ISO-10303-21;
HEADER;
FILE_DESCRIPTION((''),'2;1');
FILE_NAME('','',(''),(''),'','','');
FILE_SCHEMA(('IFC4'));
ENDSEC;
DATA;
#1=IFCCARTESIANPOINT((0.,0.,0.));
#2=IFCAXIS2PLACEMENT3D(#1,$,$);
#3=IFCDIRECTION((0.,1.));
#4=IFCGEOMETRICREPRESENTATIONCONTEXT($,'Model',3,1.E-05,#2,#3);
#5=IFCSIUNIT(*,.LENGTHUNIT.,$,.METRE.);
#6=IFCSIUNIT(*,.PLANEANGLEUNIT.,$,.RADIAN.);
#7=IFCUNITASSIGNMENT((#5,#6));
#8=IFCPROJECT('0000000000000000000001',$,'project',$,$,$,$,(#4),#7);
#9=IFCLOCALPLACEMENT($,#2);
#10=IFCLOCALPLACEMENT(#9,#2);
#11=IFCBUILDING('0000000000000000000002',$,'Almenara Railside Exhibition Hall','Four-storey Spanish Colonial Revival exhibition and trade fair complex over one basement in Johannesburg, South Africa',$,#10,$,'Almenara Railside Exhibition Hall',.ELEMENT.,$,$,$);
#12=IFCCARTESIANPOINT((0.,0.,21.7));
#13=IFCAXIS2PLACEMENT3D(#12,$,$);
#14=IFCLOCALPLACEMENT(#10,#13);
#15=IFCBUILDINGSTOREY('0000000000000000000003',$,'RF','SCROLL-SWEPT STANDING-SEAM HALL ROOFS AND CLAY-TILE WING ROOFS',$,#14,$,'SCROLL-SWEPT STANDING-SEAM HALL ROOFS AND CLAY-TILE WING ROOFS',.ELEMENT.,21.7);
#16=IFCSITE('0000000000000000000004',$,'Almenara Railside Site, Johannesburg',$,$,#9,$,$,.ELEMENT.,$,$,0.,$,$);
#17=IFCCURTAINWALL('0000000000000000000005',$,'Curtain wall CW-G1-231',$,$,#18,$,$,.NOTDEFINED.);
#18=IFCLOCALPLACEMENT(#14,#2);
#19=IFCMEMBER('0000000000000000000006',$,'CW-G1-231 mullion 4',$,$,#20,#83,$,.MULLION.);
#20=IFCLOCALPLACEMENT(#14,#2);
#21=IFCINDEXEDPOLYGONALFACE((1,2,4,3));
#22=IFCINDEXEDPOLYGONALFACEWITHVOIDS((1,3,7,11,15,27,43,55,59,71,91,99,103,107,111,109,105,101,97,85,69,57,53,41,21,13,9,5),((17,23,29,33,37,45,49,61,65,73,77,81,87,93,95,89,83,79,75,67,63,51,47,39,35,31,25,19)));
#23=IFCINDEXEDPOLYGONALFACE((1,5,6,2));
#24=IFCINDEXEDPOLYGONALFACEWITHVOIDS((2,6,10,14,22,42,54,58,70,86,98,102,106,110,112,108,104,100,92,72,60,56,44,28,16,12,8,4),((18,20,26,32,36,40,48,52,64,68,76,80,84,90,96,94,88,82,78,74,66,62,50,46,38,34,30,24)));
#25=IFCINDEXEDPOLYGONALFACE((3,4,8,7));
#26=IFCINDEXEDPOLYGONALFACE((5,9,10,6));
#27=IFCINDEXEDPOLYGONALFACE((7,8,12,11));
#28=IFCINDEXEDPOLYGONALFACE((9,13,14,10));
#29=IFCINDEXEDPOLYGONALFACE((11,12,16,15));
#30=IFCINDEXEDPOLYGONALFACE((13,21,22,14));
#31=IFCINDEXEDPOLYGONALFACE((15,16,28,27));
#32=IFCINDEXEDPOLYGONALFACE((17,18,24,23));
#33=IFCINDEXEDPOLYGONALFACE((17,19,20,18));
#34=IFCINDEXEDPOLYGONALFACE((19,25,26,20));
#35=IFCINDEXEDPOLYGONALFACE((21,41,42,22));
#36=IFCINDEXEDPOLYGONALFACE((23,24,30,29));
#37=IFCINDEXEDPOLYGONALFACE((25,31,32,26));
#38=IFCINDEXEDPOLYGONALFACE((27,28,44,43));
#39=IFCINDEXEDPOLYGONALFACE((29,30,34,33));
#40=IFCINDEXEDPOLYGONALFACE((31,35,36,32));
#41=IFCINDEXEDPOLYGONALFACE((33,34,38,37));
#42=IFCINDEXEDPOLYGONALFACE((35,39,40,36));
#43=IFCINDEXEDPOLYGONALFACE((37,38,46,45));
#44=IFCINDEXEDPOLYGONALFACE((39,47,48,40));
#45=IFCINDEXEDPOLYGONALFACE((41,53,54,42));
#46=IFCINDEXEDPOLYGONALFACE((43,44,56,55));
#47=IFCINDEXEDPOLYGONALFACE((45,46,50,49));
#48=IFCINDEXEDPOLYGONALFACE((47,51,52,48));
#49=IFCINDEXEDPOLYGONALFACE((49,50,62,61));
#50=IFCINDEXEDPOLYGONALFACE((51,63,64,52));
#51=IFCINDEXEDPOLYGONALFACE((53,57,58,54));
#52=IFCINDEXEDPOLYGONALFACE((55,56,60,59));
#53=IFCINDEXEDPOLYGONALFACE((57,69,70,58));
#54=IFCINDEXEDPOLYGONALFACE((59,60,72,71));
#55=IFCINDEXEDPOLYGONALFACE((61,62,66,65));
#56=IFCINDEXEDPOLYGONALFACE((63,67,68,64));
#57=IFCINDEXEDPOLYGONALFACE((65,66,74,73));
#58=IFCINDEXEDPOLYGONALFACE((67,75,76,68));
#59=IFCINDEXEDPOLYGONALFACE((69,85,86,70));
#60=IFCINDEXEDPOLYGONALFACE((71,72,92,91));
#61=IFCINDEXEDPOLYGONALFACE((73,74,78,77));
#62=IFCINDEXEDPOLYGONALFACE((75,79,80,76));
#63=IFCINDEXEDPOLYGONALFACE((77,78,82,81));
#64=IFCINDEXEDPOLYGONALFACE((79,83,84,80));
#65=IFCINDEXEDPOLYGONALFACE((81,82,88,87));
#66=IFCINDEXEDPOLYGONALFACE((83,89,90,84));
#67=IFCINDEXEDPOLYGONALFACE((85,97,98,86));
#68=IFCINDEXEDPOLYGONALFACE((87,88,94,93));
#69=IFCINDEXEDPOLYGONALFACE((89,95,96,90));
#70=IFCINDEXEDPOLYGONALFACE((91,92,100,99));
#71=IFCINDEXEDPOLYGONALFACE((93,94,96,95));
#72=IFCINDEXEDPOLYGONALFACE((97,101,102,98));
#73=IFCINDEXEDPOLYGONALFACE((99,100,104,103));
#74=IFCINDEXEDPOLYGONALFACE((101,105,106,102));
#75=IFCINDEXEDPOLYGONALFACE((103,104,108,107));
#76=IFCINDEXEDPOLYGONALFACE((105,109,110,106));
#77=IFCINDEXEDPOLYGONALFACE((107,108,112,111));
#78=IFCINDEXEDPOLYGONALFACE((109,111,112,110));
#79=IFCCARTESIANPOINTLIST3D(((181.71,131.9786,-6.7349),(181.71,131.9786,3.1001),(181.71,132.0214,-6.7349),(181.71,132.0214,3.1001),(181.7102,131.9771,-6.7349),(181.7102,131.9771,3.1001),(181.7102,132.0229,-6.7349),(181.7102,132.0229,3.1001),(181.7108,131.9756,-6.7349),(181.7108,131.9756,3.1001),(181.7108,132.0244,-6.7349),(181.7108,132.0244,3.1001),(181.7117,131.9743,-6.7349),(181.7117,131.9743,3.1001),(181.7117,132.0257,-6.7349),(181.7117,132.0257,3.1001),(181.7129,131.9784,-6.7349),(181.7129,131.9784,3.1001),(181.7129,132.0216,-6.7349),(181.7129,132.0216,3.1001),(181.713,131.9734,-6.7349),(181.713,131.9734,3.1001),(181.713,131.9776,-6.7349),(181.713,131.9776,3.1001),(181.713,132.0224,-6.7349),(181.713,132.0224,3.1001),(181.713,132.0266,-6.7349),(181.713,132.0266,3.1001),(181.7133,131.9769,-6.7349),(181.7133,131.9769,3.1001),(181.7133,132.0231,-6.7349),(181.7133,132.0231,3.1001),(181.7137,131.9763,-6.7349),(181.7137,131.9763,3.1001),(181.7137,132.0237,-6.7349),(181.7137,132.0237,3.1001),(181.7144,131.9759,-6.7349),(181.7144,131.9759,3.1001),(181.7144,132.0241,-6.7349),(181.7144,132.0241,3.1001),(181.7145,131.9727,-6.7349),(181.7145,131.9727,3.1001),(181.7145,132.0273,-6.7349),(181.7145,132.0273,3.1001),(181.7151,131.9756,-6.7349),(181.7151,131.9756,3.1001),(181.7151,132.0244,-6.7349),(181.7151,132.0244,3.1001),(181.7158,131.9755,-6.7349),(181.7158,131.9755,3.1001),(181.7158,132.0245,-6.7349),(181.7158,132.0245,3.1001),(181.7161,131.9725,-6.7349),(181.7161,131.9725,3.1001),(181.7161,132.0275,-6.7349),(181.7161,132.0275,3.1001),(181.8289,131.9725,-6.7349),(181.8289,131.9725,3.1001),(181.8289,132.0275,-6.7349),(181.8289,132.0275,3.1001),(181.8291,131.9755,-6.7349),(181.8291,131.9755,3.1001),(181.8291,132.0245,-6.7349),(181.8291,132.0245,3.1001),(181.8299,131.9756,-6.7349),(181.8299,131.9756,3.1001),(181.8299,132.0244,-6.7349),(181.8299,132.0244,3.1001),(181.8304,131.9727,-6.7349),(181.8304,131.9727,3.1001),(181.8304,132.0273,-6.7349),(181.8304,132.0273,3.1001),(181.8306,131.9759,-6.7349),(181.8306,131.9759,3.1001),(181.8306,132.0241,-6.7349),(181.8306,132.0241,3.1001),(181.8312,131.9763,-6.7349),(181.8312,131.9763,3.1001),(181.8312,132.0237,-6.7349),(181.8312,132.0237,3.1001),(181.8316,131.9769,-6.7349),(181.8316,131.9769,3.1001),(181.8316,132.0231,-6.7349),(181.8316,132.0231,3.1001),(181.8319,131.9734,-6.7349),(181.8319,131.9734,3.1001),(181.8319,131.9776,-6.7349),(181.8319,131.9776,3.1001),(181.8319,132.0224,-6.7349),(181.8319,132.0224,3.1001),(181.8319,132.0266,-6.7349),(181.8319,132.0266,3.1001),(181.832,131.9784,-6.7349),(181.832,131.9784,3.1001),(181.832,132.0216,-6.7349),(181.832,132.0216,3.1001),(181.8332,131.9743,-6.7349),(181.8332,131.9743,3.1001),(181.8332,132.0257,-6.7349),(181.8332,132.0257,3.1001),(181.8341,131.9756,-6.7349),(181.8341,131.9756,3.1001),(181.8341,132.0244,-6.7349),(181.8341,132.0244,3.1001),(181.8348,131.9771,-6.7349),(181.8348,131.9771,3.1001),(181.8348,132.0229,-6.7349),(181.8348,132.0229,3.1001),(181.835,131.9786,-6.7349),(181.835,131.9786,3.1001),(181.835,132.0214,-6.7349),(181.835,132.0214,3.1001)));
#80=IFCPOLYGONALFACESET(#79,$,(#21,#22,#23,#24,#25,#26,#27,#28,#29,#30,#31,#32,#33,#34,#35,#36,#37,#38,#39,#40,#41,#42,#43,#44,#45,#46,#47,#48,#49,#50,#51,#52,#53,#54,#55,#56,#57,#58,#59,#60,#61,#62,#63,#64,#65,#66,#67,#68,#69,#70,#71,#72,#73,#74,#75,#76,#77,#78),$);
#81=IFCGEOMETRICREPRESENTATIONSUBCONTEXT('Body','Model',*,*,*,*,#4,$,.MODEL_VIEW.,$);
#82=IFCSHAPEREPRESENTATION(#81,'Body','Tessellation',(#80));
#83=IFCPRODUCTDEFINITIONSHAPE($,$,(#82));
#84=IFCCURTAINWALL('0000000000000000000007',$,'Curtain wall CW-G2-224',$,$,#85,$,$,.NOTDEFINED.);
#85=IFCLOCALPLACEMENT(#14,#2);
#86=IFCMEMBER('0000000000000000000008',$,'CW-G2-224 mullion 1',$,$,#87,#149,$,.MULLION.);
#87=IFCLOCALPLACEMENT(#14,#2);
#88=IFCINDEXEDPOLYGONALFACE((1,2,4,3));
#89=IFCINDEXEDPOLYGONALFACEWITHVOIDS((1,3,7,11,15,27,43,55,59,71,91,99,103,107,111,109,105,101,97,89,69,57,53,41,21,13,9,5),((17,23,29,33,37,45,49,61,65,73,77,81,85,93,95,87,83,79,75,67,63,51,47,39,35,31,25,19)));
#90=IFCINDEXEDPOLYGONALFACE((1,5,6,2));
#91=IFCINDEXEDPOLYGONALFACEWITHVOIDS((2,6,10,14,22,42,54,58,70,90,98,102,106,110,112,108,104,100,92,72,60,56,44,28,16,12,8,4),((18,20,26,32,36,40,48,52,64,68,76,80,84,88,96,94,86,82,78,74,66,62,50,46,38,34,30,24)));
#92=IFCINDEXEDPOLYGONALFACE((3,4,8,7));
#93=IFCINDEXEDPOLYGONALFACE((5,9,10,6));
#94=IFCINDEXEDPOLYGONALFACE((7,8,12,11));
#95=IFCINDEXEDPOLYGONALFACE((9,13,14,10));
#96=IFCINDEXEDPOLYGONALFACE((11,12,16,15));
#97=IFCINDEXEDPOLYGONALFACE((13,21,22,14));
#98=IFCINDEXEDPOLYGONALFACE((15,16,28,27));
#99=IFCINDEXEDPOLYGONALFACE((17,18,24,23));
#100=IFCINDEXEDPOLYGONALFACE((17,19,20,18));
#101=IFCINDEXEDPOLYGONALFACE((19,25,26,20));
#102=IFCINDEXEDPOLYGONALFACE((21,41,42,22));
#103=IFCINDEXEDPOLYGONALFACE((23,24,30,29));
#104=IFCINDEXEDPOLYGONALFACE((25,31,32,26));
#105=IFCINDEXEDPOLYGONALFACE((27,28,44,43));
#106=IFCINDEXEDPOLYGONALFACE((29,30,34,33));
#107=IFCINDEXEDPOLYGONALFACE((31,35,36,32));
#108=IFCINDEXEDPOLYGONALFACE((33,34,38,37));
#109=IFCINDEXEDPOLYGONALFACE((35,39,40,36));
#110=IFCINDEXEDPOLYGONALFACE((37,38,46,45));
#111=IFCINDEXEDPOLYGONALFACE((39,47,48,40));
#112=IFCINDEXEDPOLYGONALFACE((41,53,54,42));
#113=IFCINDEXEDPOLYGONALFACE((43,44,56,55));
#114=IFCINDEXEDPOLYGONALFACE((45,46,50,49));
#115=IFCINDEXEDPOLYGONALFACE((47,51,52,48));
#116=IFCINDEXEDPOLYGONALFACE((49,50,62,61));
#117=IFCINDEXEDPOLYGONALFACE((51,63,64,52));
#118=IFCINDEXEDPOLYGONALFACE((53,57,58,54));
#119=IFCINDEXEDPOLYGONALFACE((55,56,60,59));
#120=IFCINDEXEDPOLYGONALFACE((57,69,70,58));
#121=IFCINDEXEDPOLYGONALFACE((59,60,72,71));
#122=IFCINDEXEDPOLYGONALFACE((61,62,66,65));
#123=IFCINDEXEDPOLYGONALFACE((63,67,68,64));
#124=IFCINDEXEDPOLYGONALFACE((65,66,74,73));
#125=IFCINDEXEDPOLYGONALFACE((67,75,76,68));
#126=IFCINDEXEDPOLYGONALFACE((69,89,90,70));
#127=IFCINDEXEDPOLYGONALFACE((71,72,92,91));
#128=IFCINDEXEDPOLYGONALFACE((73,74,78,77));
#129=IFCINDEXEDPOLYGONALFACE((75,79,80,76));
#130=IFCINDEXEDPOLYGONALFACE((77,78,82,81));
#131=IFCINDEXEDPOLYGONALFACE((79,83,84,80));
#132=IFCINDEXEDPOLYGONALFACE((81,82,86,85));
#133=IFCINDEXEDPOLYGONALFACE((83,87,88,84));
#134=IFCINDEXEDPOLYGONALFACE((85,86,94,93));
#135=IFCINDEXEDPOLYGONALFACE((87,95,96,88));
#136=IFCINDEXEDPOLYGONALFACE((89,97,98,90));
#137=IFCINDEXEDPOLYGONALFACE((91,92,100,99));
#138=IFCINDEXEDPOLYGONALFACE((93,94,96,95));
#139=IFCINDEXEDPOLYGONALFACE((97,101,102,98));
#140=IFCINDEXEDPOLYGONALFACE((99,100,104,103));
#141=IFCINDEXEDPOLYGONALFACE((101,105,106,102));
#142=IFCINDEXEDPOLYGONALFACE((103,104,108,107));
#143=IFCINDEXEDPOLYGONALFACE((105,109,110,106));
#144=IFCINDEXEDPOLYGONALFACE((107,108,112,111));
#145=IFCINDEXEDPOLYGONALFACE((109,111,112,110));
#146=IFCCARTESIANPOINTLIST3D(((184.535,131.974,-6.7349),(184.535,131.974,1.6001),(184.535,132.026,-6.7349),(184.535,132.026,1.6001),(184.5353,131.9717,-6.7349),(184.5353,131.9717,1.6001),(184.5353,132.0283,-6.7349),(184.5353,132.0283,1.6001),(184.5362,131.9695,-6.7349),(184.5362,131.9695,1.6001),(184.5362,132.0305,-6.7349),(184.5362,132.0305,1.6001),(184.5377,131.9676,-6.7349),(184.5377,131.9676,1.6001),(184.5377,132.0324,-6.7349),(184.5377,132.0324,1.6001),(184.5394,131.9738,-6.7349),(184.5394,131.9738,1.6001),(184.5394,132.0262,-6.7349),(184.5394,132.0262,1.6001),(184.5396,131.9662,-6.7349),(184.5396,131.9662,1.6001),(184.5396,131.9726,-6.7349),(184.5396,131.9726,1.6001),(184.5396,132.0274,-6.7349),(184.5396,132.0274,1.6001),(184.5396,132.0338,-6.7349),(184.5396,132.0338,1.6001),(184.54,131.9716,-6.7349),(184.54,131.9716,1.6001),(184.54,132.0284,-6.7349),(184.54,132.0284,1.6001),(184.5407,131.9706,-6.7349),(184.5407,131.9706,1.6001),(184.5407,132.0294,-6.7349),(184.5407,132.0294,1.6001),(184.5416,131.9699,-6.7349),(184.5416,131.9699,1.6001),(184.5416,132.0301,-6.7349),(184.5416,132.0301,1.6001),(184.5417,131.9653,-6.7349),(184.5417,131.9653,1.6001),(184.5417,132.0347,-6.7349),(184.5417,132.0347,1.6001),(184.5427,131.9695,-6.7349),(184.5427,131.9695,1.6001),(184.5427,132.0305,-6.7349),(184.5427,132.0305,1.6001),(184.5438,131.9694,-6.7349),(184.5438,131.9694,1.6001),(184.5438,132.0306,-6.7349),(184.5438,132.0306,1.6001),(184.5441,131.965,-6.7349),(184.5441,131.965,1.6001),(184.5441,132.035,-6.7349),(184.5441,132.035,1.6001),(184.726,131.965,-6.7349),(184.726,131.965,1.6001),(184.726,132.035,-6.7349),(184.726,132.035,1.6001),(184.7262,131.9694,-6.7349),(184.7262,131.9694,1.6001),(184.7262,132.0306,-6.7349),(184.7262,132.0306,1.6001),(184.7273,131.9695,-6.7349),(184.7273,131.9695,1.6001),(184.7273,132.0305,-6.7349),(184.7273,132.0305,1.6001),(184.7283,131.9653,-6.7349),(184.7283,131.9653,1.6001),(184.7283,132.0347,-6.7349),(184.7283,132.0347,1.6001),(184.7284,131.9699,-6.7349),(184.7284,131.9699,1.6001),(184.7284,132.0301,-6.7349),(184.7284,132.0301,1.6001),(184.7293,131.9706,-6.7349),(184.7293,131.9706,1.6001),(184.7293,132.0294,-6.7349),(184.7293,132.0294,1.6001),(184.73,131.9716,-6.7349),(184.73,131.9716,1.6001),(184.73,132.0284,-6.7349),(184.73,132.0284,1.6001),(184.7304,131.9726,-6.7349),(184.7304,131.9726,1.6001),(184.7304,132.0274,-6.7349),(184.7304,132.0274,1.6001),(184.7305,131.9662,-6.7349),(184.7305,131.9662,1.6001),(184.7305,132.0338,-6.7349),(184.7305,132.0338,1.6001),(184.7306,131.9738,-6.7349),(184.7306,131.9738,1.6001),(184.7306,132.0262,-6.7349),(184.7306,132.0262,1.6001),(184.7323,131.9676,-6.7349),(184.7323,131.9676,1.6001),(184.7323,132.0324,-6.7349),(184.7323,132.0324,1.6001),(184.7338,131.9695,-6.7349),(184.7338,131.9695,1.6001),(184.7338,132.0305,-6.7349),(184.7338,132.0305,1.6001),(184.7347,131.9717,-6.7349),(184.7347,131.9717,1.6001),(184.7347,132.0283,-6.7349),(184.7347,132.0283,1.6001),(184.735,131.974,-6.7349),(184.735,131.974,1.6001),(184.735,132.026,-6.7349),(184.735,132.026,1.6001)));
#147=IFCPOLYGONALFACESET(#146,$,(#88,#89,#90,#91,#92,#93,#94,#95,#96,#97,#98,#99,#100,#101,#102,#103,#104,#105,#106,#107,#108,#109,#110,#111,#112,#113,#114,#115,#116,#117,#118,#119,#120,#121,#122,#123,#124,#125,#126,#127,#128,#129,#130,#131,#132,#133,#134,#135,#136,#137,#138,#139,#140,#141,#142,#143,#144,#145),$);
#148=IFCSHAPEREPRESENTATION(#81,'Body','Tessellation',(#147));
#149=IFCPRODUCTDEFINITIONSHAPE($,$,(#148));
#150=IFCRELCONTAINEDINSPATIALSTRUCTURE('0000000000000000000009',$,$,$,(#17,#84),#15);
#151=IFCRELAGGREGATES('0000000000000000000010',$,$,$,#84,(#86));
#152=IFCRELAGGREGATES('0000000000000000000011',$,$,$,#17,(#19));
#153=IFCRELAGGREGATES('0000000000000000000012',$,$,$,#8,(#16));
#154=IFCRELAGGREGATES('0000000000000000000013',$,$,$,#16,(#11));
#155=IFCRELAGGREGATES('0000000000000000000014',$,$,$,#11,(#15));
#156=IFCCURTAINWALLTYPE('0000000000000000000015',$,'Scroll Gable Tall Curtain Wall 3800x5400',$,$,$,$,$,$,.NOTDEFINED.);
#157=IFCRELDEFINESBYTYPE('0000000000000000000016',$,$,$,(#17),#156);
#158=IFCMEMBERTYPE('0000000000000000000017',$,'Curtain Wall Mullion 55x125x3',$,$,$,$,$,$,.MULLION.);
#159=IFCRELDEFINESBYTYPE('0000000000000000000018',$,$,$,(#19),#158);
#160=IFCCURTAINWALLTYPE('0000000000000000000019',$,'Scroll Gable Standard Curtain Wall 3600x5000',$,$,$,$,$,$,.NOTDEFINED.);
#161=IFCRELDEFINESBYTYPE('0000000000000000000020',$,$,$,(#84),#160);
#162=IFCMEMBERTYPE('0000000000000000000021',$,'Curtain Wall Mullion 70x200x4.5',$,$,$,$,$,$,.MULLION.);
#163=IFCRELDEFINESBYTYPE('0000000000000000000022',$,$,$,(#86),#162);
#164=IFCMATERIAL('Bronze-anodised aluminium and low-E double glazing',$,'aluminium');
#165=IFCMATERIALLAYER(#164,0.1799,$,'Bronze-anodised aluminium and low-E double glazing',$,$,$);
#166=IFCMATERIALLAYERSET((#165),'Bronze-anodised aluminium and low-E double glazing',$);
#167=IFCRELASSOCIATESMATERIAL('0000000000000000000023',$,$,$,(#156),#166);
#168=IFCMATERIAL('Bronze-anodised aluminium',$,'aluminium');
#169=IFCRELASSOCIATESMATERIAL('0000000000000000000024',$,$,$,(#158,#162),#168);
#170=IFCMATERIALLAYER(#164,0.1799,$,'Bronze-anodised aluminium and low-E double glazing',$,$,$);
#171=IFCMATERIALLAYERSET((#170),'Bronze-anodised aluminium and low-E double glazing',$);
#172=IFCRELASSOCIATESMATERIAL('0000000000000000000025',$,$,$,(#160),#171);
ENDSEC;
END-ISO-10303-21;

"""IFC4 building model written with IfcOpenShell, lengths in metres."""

from ifc_helpers import new_model, si_unit, direction, frame, origin, origin_2d, place, context, subcontext, project, spatial, hollow_rectangle, extrude, material, layer, layer_set, material_profile, profile_set, type_object, element, aggregate, save


model = new_model("IFC4")

# Units and contexts
model_context = context("Model", 3, precision=1e-05, world=origin(), true_north=direction((0.0, 1.0)))
body_context = subcontext(model_context, "Body", "Model", "MODEL_VIEW")
ifc_project = project(units=[si_unit("LENGTHUNIT", "METRE"), si_unit("PLANEANGLEUNIT", "RADIAN")], contexts=[model_context])

# Site, building, storey
site_placement = place(None, origin())
site = spatial("IfcSite", under=ifc_project, at=site_placement, Name="Almenara Railside Site, Johannesburg", CompositionType="ELEMENT", RefElevation=0.0)
building_placement = place(site_placement, origin())
building = spatial("IfcBuilding", under=site, at=building_placement, Name="Almenara Railside Exhibition Hall", Description="Four-storey Spanish Colonial Revival exhibition and trade fair complex over one basement in Johannesburg, South Africa", LongName="Almenara Railside Exhibition Hall", CompositionType="ELEMENT")
storey_placement = place(building_placement, frame((0.0, 0.0, 21.7)))
storey = spatial("IfcBuildingStorey", under=building, at=storey_placement, Name="RF", Description="SCROLL-SWEPT STANDING-SEAM HALL ROOFS AND CLAY-TILE WING ROOFS", LongName="SCROLL-SWEPT STANDING-SEAM HALL ROOFS AND CLAY-TILE WING ROOFS", CompositionType="ELEMENT", Elevation=21.7)

# Curtain walls, members
ifc_material_1 = material(Name="Bronze-anodised aluminium and low-E double glazing", Category="aluminium")
ifc_layer_1 = layer(ifc_material_1, 0.1799, Name="Bronze-anodised aluminium and low-E double glazing")
ifc_layer_set_1 = layer_set([ifc_layer_1], Name="Bronze-anodised aluminium and low-E double glazing")
curtain_wall_type_1 = type_object("IfcCurtainWallType", Name="Scroll Gable Tall Curtain Wall 3800x5400", PredefinedType="NOTDEFINED", material=ifc_layer_set_1)
curtain_wall_1_placement = place(storey_placement, origin())
curtain_wall_1 = element("IfcCurtainWall", 1, at=curtain_wall_1_placement, inside=storey, type_object=curtain_wall_type_1, Name="Curtain wall CW-G1-231", PredefinedType="NOTDEFINED")
ifc_material_2 = material(Name="Bronze-anodised aluminium", Category="aluminium")
ifc_material_profile_1 = material_profile(ifc_material_2, hollow_rectangle(XDim=0.0549, YDim=0.125, WallThickness=0.0029, InnerFilletRadius=0.0029, OuterFilletRadius=0.0061, at=origin_2d()), Name="ALU-MUL 55x125x3")
ifc_profile_set_1 = profile_set([ifc_material_profile_1], Name="Bronze-anodised aluminium")
member_type_1 = type_object("IfcMemberType", Name="Curtain Wall Mullion 55x125x3", PredefinedType="MULLION", material=ifc_profile_set_1)
member_1_placement = place(storey_placement, frame((181.7725, 132.0, -6.7349), z_axis=(0.0, 0.0, 1.0), x_axis=(0.0, 1.0, 0.0)))
member_1 = element("IfcMember", 2, at=member_1_placement, type_object=member_type_1, Name="CW-G1-231 mullion 4", PredefinedType="MULLION", context=body_context, shape_type="SweptSolid", body=[
    extrude(hollow_rectangle(XDim=0.0549, YDim=0.125, WallThickness=0.0029, InnerFilletRadius=0.0029, OuterFilletRadius=0.0061, at=origin_2d()), origin(), (0.0, 0.0, 1.0), 9.835),
])
ifc_layer_2 = layer(ifc_material_1, 0.1799, Name="Bronze-anodised aluminium and low-E double glazing")
ifc_layer_set_2 = layer_set([ifc_layer_2], Name="Bronze-anodised aluminium and low-E double glazing")
curtain_wall_type_2 = type_object("IfcCurtainWallType", Name="Scroll Gable Standard Curtain Wall 3600x5000", PredefinedType="NOTDEFINED", material=ifc_layer_set_2)
curtain_wall_2_placement = place(storey_placement, origin())
curtain_wall_2 = element("IfcCurtainWall", 3, at=curtain_wall_2_placement, inside=storey, type_object=curtain_wall_type_2, Name="Curtain wall CW-G2-224", PredefinedType="NOTDEFINED")
ifc_material_profile_2 = material_profile(ifc_material_2, hollow_rectangle(XDim=0.0701, YDim=0.2, WallThickness=0.0044, InnerFilletRadius=0.0044, OuterFilletRadius=0.009, at=origin_2d()), Name="ALU-MUL 70x200x4.5")
ifc_profile_set_2 = profile_set([ifc_material_profile_2], Name="Bronze-anodised aluminium")
member_type_2 = type_object("IfcMemberType", Name="Curtain Wall Mullion 70x200x4.5", PredefinedType="MULLION", material=ifc_profile_set_2)
member_2_placement = place(storey_placement, frame((184.635, 132.0, -6.7349), z_axis=(0.0, 0.0, 1.0), x_axis=(0.0, 1.0, 0.0)))
member_2 = element("IfcMember", 4, at=member_2_placement, type_object=member_type_2, Name="CW-G2-224 mullion 1", PredefinedType="MULLION", context=body_context, shape_type="SweptSolid", body=[
    extrude(hollow_rectangle(XDim=0.0701, YDim=0.2, WallThickness=0.0044, InnerFilletRadius=0.0044, OuterFilletRadius=0.009, at=origin_2d()), origin(), (0.0, 0.0, 1.0), 8.335),
])

aggregate(curtain_wall_2, [member_2])
aggregate(curtain_wall_1, [member_1])

save(model, "model.ifc")
